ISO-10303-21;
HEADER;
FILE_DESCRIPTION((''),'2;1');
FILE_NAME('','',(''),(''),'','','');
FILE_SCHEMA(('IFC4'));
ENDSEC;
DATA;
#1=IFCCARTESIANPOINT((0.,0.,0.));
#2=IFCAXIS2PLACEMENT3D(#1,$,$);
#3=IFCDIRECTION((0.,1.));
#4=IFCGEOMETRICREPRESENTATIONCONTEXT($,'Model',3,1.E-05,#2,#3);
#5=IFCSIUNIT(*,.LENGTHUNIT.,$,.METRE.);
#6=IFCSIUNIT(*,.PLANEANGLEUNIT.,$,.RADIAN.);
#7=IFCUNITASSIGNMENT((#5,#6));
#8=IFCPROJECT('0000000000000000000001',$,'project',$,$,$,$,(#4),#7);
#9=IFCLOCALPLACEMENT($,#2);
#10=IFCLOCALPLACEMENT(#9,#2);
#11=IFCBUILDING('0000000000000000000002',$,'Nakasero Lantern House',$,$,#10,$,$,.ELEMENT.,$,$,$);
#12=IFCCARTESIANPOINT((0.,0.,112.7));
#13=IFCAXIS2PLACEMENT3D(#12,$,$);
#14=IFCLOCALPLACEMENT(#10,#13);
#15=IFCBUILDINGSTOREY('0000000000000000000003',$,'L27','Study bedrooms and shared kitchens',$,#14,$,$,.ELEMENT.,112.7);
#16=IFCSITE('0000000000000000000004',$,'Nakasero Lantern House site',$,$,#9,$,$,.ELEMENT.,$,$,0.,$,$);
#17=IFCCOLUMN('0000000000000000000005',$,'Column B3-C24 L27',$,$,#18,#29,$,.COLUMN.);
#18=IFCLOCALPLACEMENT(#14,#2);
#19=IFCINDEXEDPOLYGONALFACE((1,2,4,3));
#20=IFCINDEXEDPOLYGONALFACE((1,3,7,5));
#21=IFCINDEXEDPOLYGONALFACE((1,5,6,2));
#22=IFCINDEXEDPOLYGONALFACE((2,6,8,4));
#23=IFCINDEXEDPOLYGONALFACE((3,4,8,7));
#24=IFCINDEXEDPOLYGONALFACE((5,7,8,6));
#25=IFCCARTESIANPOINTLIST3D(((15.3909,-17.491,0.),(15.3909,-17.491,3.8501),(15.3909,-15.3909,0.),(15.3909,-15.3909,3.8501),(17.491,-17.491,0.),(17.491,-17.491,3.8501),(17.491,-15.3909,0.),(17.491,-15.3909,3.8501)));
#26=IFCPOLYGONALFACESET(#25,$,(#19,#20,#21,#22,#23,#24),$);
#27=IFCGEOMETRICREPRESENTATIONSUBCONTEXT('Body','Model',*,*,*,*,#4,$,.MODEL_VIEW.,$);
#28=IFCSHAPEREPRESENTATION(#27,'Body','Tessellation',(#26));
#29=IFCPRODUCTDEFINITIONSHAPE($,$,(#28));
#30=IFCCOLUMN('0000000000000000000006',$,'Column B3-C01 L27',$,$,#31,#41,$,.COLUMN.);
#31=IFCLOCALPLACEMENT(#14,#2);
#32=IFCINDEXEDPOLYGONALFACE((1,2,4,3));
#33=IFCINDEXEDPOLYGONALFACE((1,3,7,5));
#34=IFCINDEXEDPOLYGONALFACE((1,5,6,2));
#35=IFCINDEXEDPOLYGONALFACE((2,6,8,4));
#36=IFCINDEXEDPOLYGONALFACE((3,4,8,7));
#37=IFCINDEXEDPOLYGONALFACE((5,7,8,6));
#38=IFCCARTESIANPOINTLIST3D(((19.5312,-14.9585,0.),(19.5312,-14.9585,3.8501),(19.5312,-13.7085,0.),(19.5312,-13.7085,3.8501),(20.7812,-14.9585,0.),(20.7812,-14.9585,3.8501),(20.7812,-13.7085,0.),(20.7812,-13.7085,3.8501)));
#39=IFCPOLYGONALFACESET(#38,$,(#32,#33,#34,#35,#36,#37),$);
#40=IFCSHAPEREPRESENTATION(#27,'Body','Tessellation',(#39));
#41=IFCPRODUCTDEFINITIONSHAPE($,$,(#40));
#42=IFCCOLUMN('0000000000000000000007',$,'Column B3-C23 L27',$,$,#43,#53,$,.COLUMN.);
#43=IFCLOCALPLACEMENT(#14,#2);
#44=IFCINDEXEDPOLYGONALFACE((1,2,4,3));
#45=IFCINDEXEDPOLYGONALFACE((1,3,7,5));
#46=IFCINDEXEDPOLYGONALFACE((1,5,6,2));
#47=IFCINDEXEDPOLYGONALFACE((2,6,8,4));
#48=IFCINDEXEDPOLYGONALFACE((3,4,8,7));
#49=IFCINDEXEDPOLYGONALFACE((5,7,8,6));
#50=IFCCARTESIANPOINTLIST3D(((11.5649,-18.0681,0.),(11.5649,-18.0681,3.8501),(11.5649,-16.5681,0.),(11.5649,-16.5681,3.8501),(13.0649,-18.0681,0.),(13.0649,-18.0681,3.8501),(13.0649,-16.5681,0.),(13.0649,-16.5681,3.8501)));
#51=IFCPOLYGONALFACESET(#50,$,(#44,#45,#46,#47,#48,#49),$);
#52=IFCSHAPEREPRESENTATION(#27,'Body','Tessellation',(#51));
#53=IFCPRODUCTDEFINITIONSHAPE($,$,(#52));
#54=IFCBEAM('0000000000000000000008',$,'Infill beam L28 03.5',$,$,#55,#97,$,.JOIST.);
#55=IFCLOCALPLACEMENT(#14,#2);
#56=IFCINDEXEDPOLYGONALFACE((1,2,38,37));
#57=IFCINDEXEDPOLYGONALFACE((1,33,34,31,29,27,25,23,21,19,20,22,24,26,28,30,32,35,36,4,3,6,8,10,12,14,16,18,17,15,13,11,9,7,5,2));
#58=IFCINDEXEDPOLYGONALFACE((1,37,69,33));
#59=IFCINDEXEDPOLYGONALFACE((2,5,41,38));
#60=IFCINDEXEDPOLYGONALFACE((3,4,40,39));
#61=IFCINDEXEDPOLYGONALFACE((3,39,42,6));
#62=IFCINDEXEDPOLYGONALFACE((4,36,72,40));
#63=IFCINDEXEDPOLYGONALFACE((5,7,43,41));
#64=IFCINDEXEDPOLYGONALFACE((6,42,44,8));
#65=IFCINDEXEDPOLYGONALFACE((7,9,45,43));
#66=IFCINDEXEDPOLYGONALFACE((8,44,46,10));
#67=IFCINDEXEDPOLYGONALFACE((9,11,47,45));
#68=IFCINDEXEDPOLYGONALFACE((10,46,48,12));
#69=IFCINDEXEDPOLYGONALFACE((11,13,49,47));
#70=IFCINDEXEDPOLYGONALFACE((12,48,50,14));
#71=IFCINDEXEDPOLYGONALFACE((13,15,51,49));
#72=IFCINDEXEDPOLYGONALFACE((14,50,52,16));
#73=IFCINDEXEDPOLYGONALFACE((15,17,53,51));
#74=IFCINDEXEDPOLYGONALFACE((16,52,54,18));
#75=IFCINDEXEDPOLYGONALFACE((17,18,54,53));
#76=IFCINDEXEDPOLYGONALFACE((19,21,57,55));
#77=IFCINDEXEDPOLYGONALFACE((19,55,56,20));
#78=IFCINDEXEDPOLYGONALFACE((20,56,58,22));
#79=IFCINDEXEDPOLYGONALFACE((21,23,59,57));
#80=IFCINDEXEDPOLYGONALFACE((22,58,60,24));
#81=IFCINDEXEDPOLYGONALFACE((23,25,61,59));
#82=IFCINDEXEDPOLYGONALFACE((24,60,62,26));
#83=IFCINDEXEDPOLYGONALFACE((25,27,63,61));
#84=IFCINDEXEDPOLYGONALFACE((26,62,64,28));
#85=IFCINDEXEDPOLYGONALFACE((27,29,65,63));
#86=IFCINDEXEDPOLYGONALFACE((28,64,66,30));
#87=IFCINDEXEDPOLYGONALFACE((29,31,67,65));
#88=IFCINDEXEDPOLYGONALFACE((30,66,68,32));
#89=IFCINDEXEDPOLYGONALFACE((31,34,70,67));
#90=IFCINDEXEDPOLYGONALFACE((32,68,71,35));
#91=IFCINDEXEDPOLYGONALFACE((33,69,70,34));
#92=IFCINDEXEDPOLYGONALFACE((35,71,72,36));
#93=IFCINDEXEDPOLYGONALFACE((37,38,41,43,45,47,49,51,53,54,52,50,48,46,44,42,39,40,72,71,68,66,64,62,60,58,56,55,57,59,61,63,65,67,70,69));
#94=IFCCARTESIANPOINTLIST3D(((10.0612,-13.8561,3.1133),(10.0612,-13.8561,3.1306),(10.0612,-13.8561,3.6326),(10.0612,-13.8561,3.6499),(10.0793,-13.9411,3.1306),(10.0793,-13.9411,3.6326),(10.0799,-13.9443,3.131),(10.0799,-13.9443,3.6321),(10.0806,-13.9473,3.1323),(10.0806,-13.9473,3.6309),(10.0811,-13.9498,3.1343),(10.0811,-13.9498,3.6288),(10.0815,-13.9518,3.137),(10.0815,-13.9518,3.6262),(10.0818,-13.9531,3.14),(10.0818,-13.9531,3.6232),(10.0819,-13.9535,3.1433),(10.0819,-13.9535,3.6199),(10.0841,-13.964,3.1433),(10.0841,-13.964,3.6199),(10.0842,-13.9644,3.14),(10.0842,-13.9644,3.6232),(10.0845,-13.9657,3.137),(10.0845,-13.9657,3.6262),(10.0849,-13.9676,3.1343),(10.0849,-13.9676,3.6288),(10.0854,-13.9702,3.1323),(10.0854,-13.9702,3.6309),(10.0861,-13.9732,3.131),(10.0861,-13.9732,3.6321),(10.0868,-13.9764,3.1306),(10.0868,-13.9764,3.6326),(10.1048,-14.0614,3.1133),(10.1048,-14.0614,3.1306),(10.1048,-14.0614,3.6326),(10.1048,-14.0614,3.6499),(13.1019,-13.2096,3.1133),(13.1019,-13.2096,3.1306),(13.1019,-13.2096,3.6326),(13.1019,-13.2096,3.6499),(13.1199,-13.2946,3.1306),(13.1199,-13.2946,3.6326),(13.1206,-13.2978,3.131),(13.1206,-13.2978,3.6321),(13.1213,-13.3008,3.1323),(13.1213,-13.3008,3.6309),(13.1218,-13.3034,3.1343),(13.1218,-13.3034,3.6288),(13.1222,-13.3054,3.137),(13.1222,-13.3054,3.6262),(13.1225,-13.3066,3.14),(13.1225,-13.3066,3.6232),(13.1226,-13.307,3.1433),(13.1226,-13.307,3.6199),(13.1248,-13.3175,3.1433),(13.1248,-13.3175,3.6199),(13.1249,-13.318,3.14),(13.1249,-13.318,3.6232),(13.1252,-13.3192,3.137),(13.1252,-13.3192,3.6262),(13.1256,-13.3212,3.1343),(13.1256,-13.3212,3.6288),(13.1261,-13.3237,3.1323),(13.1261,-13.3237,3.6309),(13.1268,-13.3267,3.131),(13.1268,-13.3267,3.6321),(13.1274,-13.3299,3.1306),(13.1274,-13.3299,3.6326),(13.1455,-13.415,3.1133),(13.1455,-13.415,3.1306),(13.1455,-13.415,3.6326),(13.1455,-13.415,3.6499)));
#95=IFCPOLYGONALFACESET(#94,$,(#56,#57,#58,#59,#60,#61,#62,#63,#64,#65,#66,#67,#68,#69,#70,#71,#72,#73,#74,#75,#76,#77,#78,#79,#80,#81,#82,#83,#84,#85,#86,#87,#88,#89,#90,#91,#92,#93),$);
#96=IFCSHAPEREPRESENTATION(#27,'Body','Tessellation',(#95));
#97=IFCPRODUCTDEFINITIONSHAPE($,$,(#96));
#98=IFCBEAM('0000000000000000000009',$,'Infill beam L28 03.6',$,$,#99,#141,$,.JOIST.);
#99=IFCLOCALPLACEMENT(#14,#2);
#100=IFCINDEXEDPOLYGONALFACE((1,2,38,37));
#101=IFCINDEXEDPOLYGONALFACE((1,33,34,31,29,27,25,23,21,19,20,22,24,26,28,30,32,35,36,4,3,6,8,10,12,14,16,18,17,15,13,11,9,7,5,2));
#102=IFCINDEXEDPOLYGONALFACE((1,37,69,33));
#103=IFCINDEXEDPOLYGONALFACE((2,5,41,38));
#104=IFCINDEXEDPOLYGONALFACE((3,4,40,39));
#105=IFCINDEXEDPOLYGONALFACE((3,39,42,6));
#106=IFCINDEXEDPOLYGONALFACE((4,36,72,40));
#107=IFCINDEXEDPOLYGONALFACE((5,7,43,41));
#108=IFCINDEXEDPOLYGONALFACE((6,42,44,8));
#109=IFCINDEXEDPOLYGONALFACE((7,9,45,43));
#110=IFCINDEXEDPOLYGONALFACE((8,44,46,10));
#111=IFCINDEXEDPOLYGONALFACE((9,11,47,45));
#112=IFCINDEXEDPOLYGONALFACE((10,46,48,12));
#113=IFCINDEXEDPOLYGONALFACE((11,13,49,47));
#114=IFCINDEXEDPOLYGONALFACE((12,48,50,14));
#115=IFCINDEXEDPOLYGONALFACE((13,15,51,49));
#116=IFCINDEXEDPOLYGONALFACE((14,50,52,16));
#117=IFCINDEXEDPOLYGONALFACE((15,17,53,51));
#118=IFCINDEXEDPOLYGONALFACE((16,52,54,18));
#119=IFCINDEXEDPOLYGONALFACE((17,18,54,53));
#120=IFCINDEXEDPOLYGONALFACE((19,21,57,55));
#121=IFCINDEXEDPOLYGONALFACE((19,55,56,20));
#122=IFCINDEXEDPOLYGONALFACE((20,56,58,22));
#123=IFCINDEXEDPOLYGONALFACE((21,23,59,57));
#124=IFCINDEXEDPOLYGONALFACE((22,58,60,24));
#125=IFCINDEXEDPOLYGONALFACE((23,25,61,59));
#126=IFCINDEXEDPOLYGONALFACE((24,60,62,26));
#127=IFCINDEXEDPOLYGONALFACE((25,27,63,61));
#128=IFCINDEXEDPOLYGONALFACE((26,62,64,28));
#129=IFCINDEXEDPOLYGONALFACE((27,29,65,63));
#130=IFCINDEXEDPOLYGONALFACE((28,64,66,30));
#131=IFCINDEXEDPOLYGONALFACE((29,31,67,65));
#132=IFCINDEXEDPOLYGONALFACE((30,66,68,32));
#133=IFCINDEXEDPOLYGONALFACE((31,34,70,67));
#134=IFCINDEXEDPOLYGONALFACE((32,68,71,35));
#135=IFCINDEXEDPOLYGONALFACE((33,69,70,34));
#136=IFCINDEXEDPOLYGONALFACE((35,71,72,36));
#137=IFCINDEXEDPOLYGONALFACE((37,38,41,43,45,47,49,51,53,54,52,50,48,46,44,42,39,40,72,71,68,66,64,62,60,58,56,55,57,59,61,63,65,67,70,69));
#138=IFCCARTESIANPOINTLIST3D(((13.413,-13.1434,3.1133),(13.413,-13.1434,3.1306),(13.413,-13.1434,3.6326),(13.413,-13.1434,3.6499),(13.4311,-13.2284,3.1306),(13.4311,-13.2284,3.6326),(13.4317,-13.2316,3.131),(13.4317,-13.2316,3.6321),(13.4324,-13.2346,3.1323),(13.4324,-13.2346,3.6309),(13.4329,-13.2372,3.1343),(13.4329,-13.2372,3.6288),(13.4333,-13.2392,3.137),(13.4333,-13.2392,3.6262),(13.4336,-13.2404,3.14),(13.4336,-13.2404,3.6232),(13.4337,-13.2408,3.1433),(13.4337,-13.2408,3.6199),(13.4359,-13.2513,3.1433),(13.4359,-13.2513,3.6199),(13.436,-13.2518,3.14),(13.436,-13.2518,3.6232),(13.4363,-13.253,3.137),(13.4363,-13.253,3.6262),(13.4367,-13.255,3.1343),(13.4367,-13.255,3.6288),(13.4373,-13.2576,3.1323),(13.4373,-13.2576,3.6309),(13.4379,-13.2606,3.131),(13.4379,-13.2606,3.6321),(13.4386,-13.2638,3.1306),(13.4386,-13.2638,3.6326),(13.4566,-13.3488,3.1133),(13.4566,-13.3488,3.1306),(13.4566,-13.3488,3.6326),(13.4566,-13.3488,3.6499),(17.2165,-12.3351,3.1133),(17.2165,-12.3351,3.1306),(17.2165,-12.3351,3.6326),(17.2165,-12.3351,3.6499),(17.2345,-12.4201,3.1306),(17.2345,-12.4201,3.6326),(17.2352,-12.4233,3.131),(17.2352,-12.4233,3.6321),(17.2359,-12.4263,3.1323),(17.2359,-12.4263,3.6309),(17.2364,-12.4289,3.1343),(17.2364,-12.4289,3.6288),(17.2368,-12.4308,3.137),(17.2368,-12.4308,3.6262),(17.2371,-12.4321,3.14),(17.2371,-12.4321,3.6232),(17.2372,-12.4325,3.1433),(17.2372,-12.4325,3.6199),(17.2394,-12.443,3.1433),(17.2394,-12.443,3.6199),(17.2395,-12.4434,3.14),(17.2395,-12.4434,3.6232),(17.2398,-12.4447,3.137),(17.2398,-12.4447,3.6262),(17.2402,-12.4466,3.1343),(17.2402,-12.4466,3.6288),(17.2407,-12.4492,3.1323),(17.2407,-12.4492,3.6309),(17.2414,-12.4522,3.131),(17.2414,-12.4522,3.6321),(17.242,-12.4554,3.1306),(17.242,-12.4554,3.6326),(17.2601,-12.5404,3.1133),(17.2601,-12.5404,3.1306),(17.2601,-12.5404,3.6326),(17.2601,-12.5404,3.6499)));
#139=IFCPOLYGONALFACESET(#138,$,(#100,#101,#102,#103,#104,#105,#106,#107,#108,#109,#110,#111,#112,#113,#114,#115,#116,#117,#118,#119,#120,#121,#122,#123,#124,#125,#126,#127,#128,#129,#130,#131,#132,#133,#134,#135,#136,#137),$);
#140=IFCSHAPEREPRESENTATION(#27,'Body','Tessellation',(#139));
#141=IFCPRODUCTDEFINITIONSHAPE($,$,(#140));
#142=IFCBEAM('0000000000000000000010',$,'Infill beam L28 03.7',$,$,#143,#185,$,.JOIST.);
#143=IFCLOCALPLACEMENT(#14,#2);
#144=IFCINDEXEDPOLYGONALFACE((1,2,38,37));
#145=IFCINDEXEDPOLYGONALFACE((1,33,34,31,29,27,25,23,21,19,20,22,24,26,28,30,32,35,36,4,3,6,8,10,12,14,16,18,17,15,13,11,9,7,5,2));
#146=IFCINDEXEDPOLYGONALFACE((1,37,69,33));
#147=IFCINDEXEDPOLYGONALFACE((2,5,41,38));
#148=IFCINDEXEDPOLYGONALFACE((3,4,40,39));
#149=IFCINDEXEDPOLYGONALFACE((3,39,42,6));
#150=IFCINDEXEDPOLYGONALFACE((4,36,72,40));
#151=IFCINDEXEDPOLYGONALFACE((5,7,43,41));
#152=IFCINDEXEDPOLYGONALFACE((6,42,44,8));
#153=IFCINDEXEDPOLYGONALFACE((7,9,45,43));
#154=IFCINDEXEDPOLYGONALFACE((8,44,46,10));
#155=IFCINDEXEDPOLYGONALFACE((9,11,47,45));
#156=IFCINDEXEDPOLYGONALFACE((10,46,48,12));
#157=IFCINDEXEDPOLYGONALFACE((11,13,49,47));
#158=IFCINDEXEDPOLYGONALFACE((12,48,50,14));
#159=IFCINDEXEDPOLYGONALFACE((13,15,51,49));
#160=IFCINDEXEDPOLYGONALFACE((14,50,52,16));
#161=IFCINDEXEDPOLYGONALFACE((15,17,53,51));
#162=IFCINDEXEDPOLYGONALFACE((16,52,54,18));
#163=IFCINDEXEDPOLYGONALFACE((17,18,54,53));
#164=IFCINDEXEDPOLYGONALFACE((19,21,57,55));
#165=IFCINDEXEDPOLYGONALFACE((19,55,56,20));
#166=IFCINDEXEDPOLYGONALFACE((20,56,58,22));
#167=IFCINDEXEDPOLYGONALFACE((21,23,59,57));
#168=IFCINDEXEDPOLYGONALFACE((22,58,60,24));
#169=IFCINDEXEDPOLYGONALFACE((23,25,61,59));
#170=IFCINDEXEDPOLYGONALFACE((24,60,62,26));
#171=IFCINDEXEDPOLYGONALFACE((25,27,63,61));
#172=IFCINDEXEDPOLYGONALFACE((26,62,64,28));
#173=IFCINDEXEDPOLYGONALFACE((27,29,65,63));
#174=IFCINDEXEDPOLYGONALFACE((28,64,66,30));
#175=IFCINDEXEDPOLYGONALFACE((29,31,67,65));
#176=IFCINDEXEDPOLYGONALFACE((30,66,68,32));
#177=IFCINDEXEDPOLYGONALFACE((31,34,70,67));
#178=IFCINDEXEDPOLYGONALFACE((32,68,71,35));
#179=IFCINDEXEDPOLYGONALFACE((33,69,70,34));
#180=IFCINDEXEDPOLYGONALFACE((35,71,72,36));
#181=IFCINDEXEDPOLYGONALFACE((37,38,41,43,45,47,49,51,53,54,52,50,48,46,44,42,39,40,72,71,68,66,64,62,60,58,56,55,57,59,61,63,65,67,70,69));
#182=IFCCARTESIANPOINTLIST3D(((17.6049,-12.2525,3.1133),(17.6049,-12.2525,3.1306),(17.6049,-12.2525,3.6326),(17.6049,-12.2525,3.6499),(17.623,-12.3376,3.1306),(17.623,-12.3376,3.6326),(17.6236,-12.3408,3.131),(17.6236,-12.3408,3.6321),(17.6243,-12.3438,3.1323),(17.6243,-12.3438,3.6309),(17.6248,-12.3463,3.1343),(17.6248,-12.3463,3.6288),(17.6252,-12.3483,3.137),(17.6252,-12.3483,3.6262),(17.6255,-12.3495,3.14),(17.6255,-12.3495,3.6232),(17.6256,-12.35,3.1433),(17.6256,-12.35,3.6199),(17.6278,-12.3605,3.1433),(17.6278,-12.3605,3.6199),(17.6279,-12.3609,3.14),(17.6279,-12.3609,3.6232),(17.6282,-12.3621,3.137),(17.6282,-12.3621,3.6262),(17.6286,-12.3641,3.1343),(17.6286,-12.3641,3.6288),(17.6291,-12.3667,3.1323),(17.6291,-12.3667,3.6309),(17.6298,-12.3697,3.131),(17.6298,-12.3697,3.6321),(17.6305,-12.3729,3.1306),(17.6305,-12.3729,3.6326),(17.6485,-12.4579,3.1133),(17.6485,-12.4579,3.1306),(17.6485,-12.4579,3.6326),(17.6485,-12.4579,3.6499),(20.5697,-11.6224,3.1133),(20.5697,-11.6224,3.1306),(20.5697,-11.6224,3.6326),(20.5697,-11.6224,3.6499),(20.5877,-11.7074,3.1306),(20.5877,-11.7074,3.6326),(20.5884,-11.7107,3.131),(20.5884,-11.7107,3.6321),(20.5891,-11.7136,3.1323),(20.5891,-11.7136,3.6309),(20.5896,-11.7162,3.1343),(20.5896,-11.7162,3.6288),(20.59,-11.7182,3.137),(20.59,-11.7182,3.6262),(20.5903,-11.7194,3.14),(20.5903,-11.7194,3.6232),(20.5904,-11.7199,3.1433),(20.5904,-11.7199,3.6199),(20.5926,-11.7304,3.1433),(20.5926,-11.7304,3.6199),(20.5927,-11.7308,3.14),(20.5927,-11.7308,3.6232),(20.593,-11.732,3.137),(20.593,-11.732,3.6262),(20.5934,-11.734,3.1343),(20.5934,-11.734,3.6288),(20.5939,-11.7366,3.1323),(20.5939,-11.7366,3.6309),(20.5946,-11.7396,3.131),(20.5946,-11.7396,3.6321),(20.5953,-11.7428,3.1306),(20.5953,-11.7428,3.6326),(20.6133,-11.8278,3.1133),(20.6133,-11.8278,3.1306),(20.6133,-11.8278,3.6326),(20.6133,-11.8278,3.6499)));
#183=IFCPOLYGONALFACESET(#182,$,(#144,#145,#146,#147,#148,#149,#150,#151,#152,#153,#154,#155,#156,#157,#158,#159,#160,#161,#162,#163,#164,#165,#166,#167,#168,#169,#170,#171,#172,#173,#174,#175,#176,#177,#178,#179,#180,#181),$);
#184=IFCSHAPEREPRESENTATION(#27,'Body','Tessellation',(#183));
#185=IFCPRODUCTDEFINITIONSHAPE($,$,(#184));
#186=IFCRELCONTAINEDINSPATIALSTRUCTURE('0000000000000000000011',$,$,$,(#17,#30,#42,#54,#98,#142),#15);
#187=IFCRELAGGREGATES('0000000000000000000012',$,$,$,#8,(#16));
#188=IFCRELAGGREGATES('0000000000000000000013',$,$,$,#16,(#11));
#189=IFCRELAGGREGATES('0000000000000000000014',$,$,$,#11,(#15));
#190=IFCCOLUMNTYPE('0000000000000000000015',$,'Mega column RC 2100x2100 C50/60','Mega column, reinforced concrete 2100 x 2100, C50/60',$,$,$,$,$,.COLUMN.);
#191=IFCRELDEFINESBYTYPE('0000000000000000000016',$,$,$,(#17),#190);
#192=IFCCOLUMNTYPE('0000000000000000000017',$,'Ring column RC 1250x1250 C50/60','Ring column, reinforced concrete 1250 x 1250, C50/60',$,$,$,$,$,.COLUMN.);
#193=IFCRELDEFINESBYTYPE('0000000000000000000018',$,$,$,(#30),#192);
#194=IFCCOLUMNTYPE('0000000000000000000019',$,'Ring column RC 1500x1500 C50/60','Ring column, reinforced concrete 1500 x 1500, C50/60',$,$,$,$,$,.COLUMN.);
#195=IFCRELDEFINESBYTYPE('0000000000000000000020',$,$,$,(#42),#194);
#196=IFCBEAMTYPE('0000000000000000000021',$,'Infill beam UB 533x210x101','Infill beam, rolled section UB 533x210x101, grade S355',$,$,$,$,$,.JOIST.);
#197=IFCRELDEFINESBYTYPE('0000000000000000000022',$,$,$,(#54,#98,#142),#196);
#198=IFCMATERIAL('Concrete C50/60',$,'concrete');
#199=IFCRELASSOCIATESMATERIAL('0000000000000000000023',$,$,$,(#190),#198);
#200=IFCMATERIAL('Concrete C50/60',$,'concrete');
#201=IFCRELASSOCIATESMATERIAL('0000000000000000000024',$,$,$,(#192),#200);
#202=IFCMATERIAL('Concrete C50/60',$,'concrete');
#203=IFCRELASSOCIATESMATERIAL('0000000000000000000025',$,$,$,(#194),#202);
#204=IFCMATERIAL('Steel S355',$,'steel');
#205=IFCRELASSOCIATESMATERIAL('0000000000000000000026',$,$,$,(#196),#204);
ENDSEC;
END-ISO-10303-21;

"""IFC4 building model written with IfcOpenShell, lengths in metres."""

from ifc_helpers import new_model, si_unit, direction, frame, origin, origin_2d, place, context, subcontext, project, spatial, rectangle, i_section, extrude, material, material_profile, profile_set, type_object, element, save


model = new_model("IFC4")

# Units and contexts
model_context = context("Model", 3, precision=1e-05, world=origin(), true_north=direction((0.0, 1.0)))
body_context = subcontext(model_context, "Body", "Model", "MODEL_VIEW")
ifc_project = project(units=[si_unit("LENGTHUNIT", "METRE"), si_unit("PLANEANGLEUNIT", "RADIAN")], contexts=[model_context])

# Site, building, storey
site_placement = place(None, origin())
site = spatial("IfcSite", under=ifc_project, at=site_placement, Name="Nakasero Lantern House site", CompositionType="ELEMENT", RefElevation=0.0)
building_placement = place(site_placement, origin())
building = spatial("IfcBuilding", under=site, at=building_placement, Name="Nakasero Lantern House", CompositionType="ELEMENT")
storey_placement = place(building_placement, frame((0.0, 0.0, 112.7)))
storey = spatial("IfcBuildingStorey", under=building, at=storey_placement, Name="L27", Description="Study bedrooms and shared kitchens", CompositionType="ELEMENT", Elevation=112.7)

# Columns
ifc_material_1 = material(Name="Concrete C50/60", Category="concrete")
ifc_material_profile_1 = material_profile(ifc_material_1, rectangle(XDim=2.1001, YDim=2.1001, at=origin_2d()), Name="RC 2100x2100")
ifc_profile_set_1 = profile_set([ifc_material_profile_1], Name="Concrete C50/60")
column_type_1 = type_object("IfcColumnType", Name="Mega column RC 2100x2100 C50/60", Description="Mega column, reinforced concrete 2100 x 2100, C50/60", PredefinedType="COLUMN", material=ifc_profile_set_1)
column_1_placement = place(storey_placement, frame((16.4409, -16.4409, 0.0), z_axis=(0.0, 0.0, 1.0), x_axis=(1.0, 0.0, 0.0)))
element("IfcColumn", 1, at=column_1_placement, inside=storey, type_object=column_type_1, Name="Column B3-C24 L27", PredefinedType="COLUMN", context=body_context, shape_type="SweptSolid", body=[
    extrude(rectangle(XDim=2.1001, YDim=2.1001, at=origin_2d()), origin(), (0.0, 0.0, 1.0), 3.8501),
])
ifc_material_2 = material(Name="Concrete C50/60", Category="concrete")
ifc_material_profile_2 = material_profile(ifc_material_2, rectangle(XDim=1.25, YDim=1.25, at=origin_2d()), Name="RC 1250x1250")
ifc_profile_set_2 = profile_set([ifc_material_profile_2], Name="Concrete C50/60")
column_type_2 = type_object("IfcColumnType", Name="Ring column RC 1250x1250 C50/60", Description="Ring column, reinforced concrete 1250 x 1250, C50/60", PredefinedType="COLUMN", material=ifc_profile_set_2)
column_2_placement = place(storey_placement, frame((20.1562, -14.3335, 0.0), z_axis=(0.0, 0.0, 1.0), x_axis=(1.0, 0.0, 0.0)))
element("IfcColumn", 2, at=column_2_placement, inside=storey, type_object=column_type_2, Name="Column B3-C01 L27", PredefinedType="COLUMN", context=body_context, shape_type="SweptSolid", body=[
    extrude(rectangle(XDim=1.25, YDim=1.25, at=origin_2d()), origin(), (0.0, 0.0, 1.0), 3.8501),
])
ifc_material_3 = material(Name="Concrete C50/60", Category="concrete")
ifc_material_profile_3 = material_profile(ifc_material_3, rectangle(XDim=1.5, YDim=1.5, at=origin_2d()), Name="RC 1500x1500")
ifc_profile_set_3 = profile_set([ifc_material_profile_3], Name="Concrete C50/60")
column_type_3 = type_object("IfcColumnType", Name="Ring column RC 1500x1500 C50/60", Description="Ring column, reinforced concrete 1500 x 1500, C50/60", PredefinedType="COLUMN", material=ifc_profile_set_3)
column_3_placement = place(storey_placement, frame((12.3149, -17.3181, 0.0), z_axis=(0.0, 0.0, 1.0), x_axis=(1.0, 0.0, 0.0)))
element("IfcColumn", 3, at=column_3_placement, inside=storey, type_object=column_type_3, Name="Column B3-C23 L27", PredefinedType="COLUMN", context=body_context, shape_type="SweptSolid", body=[
    extrude(rectangle(XDim=1.5, YDim=1.5, at=origin_2d()), origin(), (0.0, 0.0, 1.0), 3.8501),
])

# Beams
ifc_material_4 = material(Name="Steel S355", Category="steel")
ifc_material_profile_4 = material_profile(ifc_material_4, i_section(OverallWidth=0.21, OverallDepth=0.5366, WebThickness=0.0107, FlangeThickness=0.0173, FilletRadius=0.0127, at=origin_2d()), Name="UB 533x210x101")
ifc_profile_set_4 = profile_set([ifc_material_profile_4], Name="Steel S355")
beam_type_1 = type_object("IfcBeamType", Name="Infill beam UB 533x210x101", Description="Infill beam, rolled section UB 533x210x101, grade S355", PredefinedType="JOIST", material=ifc_profile_set_4)
beam_1_placement = place(storey_placement, frame((10.083, -13.9587, 3.3816), z_axis=(0.978138, 0.207957, 0.0), x_axis=(-0.207957, 0.978138, 0.0)))
element("IfcBeam", 4, at=beam_1_placement, inside=storey, type_object=beam_type_1, Name="Infill beam L28 03.5", PredefinedType="JOIST", context=body_context, shape_type="SweptSolid", body=[
    extrude(i_section(OverallWidth=0.21, OverallDepth=0.5366, WebThickness=0.0107, FlangeThickness=0.0173, FilletRadius=0.0127, at=origin_2d()), origin(), (0.0, 0.0, 1.0), 3.1086),
])
beam_2_placement = place(storey_placement, frame((13.4348, -13.2461, 3.3816), z_axis=(0.978153, 0.207887, 0.0), x_axis=(-0.207887, 0.978153, 0.0)))
element("IfcBeam", 5, at=beam_2_placement, inside=storey, type_object=beam_type_1, Name="Infill beam L28 03.6", PredefinedType="JOIST", context=body_context, shape_type="SweptSolid", body=[
    extrude(i_section(OverallWidth=0.21, OverallDepth=0.5366, WebThickness=0.0107, FlangeThickness=0.0173, FilletRadius=0.0127, at=origin_2d()), origin(), (0.0, 0.0, 1.0), 3.8884),
])
beam_3_placement = place(storey_placement, frame((17.6267, -12.3552, 3.3816), z_axis=(0.978152, 0.20789, 0.0), x_axis=(-0.20789, 0.978152, 0.0)))
element("IfcBeam", 6, at=beam_3_placement, inside=storey, type_object=beam_type_1, Name="Infill beam L28 03.7", PredefinedType="JOIST", context=body_context, shape_type="SweptSolid", body=[
    extrude(i_section(OverallWidth=0.21, OverallDepth=0.5366, WebThickness=0.0107, FlangeThickness=0.0173, FilletRadius=0.0127, at=origin_2d()), origin(), (0.0, 0.0, 1.0), 3.031),
])

save(model, "model.ifc")
